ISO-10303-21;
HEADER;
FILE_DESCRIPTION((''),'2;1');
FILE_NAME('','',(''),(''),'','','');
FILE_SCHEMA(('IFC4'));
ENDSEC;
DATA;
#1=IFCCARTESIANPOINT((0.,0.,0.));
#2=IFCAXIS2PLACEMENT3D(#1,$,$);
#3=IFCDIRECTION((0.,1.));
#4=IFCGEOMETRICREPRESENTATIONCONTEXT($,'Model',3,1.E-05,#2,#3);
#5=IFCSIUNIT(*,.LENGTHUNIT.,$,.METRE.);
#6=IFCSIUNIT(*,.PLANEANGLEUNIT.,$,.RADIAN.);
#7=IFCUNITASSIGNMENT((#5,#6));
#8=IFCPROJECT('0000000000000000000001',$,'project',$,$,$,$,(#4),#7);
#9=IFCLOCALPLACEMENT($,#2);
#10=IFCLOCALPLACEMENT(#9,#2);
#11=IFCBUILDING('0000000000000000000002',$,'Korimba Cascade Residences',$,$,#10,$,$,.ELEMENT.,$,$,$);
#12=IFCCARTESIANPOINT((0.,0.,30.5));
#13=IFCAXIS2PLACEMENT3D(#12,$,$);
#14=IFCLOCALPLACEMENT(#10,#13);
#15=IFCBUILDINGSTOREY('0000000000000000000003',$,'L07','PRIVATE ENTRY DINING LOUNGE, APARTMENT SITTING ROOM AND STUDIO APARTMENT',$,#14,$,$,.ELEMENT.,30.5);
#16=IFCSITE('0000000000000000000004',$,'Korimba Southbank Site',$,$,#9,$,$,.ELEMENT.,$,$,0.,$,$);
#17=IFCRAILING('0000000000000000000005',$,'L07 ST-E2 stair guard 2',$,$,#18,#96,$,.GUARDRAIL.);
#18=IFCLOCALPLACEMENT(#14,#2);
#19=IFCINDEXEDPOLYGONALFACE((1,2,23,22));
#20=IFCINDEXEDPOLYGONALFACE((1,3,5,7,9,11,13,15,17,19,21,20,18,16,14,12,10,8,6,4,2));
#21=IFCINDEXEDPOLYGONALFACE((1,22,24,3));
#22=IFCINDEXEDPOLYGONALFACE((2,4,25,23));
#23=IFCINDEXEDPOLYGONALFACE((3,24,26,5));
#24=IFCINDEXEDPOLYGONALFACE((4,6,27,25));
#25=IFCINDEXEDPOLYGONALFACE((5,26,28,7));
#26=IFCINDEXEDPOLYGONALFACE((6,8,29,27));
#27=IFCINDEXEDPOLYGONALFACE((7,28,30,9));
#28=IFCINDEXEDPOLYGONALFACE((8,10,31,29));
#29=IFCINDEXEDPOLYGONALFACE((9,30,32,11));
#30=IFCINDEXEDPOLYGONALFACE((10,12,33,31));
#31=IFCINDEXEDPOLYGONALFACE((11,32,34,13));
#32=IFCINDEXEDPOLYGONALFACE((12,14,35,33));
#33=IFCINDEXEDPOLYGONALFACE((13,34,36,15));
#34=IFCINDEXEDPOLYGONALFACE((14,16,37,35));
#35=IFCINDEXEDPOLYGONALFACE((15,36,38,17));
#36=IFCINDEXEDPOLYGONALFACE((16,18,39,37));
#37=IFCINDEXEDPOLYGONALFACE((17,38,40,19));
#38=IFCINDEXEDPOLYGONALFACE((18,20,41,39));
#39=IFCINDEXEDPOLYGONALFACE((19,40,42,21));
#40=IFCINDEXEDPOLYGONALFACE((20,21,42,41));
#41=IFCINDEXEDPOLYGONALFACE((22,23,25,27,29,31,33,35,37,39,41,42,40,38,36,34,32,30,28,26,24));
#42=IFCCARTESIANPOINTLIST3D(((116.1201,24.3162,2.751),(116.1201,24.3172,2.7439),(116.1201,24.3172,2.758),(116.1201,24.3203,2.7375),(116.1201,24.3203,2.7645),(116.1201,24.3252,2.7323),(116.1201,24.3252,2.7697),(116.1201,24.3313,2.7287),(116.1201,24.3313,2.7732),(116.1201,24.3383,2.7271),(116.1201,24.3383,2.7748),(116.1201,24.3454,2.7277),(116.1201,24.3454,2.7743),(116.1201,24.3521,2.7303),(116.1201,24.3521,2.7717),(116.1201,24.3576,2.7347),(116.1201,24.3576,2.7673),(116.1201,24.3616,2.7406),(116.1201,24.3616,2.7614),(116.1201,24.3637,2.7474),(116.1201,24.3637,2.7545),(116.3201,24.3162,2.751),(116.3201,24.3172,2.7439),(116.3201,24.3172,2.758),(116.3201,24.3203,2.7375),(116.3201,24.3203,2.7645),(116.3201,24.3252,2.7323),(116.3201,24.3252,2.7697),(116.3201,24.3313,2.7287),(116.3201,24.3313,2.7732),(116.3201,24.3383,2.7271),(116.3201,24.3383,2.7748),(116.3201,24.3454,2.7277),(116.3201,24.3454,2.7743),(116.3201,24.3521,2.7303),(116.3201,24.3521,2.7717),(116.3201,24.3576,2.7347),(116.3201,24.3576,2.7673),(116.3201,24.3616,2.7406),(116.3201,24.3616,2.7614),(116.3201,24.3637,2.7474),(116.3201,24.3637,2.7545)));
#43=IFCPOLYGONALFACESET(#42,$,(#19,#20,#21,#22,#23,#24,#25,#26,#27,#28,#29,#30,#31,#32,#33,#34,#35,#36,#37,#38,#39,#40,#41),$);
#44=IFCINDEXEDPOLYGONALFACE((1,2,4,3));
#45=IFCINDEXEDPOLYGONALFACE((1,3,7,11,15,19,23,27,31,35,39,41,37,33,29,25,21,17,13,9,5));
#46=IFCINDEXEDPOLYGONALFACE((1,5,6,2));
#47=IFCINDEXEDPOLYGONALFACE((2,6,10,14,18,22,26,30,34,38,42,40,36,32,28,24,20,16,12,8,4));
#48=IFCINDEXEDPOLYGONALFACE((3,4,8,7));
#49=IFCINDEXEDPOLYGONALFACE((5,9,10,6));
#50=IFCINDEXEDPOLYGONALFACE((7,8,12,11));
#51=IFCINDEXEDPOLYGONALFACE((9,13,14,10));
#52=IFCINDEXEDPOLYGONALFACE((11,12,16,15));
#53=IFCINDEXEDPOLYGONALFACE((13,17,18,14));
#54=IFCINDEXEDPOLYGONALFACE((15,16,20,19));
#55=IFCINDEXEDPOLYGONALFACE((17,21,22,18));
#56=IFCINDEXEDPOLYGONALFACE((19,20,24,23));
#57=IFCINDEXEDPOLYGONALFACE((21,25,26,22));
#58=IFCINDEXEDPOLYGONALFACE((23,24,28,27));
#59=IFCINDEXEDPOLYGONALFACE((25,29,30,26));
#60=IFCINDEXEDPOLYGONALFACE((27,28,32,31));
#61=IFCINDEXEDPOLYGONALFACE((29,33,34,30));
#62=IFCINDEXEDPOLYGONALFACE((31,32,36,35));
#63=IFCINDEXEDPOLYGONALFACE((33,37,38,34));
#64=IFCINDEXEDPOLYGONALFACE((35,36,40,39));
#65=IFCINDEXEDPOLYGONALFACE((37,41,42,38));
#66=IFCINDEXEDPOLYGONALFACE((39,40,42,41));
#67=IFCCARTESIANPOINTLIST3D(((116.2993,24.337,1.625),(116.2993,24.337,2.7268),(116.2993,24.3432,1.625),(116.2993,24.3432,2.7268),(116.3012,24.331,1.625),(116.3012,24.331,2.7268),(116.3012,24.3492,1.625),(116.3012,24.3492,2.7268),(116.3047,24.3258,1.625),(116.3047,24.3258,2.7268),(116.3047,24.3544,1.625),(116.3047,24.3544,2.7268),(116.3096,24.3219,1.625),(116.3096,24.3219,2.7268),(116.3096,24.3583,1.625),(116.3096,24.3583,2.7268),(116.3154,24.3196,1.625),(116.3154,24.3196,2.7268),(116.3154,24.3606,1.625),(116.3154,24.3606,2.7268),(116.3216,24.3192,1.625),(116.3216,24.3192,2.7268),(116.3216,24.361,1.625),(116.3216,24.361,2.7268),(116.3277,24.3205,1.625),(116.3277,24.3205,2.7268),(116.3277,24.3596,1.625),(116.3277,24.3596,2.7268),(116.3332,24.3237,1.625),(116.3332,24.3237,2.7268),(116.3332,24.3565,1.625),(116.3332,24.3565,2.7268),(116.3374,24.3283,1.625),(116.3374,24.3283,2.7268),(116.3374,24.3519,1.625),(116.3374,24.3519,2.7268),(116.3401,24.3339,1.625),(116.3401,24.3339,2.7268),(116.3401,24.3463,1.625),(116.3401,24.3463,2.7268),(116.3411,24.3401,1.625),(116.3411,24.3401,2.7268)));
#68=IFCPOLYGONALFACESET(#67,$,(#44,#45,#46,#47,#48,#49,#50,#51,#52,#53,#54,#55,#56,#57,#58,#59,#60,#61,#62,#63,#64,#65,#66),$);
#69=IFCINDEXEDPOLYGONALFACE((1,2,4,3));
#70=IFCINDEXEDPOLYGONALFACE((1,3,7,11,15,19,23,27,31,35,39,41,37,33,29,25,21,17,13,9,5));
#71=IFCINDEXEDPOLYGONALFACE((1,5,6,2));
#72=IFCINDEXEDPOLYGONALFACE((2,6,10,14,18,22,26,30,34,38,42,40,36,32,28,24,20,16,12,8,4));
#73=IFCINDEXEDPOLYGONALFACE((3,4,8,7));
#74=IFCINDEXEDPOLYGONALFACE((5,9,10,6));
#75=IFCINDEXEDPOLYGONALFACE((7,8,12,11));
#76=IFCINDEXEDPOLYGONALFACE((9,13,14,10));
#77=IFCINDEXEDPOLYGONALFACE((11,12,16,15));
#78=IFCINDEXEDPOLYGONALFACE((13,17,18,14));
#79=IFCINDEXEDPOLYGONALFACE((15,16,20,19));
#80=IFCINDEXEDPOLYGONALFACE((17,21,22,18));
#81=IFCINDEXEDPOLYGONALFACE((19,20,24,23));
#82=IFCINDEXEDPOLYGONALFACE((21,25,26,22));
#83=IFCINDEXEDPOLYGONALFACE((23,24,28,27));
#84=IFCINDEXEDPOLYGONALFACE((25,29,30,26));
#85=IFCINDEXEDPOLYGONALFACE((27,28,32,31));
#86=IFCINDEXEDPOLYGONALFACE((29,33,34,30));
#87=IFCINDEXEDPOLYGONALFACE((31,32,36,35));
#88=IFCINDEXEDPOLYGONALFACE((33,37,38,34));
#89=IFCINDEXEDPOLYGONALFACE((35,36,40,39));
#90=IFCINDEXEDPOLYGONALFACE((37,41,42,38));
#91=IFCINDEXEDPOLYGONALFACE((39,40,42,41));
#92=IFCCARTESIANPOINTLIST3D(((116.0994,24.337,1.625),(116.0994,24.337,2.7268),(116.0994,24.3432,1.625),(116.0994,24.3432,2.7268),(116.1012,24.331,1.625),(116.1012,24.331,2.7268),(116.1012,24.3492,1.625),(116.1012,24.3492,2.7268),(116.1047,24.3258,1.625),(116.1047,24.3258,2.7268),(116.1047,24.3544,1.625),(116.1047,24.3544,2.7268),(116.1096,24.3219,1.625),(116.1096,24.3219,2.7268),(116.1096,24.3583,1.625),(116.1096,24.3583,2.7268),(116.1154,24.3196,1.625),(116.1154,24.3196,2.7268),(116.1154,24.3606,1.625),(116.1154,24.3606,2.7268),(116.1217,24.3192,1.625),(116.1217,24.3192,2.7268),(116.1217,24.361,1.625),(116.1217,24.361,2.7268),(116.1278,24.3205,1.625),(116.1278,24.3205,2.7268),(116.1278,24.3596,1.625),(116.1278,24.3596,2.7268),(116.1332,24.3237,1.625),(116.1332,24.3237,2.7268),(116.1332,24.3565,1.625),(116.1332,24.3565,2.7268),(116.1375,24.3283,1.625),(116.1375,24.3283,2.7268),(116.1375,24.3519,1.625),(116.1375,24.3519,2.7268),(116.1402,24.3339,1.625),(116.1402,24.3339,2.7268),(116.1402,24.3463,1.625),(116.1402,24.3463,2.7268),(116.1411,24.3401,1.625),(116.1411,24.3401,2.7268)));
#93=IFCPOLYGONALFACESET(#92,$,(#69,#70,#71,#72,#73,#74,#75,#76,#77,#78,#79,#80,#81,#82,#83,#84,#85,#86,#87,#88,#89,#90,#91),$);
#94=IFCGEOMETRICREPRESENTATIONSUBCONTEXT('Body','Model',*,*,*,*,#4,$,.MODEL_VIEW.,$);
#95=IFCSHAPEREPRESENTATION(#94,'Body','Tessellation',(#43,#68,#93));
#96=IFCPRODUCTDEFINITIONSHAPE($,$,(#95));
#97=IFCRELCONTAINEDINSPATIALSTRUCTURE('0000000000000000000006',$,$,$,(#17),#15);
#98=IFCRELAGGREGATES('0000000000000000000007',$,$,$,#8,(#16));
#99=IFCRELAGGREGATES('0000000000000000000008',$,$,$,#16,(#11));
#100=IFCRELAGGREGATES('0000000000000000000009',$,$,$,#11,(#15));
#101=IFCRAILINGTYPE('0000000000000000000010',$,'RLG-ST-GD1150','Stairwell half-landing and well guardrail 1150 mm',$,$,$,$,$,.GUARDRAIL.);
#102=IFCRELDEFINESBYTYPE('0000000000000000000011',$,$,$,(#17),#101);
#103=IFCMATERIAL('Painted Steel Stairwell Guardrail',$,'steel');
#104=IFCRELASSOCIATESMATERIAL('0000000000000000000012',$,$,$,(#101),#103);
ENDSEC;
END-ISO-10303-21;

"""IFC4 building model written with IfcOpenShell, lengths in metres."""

from ifc_helpers import new_model, si_unit, direction, frame, origin, origin_2d, place, context, subcontext, project, spatial, circle, extrude, material, type_object, element, save


model = new_model("IFC4")

# Units and contexts
model_context = context("Model", 3, precision=1e-05, world=origin(), true_north=direction((0.0, 1.0)))
body_context = subcontext(model_context, "Body", "Model", "MODEL_VIEW")
ifc_project = project(units=[si_unit("LENGTHUNIT", "METRE"), si_unit("PLANEANGLEUNIT", "RADIAN")], contexts=[model_context])

# Site, building, storey
site_placement = place(None, origin())
site = spatial("IfcSite", under=ifc_project, at=site_placement, Name="Korimba Southbank Site", CompositionType="ELEMENT", RefElevation=0.0)
building_placement = place(site_placement, origin())
building = spatial("IfcBuilding", under=site, at=building_placement, Name="Korimba Cascade Residences", CompositionType="ELEMENT")
storey_placement = place(building_placement, frame((0.0, 0.0, 30.5)))
storey = spatial("IfcBuildingStorey", under=building, at=storey_placement, Name="L07", Description="PRIVATE ENTRY DINING LOUNGE, APARTMENT SITTING ROOM AND STUDIO APARTMENT", CompositionType="ELEMENT", Elevation=30.5)

# Railing
ifc_material_1 = material(Name="Painted Steel Stairwell Guardrail", Category="steel")
railing_type_1 = type_object("IfcRailingType", Name="RLG-ST-GD1150", Description="Stairwell half-landing and well guardrail 1150 mm", PredefinedType="GUARDRAIL", material=ifc_material_1)
railing_1_placement = place(storey_placement, frame((116.3201, 24.3401, 1.625)))
element("IfcRailing", 1, at=railing_1_placement, inside=storey, type_object=railing_type_1, Name="L07 ST-E2 stair guard 2", PredefinedType="GUARDRAIL", context=body_context, shape_type="SweptSolid", body=[
    extrude(circle(Radius=0.0239, at=origin_2d()), frame((0.0, 0.0, 1.126), z_axis=(-1.0, 0.0, 0.0), x_axis=(0.0, -1.0, 0.0)), (0.0, 0.0, 1.0), 0.2),
    extrude(circle(Radius=0.021, at=origin_2d()), origin(), (0.0, 0.0, 1.0), 1.1018),
    extrude(circle(Radius=0.021, at=origin_2d()), frame((-0.2, 0.0, 0.0)), (0.0, 0.0, 1.0), 1.1018),
])

save(model, "model.ifc")
